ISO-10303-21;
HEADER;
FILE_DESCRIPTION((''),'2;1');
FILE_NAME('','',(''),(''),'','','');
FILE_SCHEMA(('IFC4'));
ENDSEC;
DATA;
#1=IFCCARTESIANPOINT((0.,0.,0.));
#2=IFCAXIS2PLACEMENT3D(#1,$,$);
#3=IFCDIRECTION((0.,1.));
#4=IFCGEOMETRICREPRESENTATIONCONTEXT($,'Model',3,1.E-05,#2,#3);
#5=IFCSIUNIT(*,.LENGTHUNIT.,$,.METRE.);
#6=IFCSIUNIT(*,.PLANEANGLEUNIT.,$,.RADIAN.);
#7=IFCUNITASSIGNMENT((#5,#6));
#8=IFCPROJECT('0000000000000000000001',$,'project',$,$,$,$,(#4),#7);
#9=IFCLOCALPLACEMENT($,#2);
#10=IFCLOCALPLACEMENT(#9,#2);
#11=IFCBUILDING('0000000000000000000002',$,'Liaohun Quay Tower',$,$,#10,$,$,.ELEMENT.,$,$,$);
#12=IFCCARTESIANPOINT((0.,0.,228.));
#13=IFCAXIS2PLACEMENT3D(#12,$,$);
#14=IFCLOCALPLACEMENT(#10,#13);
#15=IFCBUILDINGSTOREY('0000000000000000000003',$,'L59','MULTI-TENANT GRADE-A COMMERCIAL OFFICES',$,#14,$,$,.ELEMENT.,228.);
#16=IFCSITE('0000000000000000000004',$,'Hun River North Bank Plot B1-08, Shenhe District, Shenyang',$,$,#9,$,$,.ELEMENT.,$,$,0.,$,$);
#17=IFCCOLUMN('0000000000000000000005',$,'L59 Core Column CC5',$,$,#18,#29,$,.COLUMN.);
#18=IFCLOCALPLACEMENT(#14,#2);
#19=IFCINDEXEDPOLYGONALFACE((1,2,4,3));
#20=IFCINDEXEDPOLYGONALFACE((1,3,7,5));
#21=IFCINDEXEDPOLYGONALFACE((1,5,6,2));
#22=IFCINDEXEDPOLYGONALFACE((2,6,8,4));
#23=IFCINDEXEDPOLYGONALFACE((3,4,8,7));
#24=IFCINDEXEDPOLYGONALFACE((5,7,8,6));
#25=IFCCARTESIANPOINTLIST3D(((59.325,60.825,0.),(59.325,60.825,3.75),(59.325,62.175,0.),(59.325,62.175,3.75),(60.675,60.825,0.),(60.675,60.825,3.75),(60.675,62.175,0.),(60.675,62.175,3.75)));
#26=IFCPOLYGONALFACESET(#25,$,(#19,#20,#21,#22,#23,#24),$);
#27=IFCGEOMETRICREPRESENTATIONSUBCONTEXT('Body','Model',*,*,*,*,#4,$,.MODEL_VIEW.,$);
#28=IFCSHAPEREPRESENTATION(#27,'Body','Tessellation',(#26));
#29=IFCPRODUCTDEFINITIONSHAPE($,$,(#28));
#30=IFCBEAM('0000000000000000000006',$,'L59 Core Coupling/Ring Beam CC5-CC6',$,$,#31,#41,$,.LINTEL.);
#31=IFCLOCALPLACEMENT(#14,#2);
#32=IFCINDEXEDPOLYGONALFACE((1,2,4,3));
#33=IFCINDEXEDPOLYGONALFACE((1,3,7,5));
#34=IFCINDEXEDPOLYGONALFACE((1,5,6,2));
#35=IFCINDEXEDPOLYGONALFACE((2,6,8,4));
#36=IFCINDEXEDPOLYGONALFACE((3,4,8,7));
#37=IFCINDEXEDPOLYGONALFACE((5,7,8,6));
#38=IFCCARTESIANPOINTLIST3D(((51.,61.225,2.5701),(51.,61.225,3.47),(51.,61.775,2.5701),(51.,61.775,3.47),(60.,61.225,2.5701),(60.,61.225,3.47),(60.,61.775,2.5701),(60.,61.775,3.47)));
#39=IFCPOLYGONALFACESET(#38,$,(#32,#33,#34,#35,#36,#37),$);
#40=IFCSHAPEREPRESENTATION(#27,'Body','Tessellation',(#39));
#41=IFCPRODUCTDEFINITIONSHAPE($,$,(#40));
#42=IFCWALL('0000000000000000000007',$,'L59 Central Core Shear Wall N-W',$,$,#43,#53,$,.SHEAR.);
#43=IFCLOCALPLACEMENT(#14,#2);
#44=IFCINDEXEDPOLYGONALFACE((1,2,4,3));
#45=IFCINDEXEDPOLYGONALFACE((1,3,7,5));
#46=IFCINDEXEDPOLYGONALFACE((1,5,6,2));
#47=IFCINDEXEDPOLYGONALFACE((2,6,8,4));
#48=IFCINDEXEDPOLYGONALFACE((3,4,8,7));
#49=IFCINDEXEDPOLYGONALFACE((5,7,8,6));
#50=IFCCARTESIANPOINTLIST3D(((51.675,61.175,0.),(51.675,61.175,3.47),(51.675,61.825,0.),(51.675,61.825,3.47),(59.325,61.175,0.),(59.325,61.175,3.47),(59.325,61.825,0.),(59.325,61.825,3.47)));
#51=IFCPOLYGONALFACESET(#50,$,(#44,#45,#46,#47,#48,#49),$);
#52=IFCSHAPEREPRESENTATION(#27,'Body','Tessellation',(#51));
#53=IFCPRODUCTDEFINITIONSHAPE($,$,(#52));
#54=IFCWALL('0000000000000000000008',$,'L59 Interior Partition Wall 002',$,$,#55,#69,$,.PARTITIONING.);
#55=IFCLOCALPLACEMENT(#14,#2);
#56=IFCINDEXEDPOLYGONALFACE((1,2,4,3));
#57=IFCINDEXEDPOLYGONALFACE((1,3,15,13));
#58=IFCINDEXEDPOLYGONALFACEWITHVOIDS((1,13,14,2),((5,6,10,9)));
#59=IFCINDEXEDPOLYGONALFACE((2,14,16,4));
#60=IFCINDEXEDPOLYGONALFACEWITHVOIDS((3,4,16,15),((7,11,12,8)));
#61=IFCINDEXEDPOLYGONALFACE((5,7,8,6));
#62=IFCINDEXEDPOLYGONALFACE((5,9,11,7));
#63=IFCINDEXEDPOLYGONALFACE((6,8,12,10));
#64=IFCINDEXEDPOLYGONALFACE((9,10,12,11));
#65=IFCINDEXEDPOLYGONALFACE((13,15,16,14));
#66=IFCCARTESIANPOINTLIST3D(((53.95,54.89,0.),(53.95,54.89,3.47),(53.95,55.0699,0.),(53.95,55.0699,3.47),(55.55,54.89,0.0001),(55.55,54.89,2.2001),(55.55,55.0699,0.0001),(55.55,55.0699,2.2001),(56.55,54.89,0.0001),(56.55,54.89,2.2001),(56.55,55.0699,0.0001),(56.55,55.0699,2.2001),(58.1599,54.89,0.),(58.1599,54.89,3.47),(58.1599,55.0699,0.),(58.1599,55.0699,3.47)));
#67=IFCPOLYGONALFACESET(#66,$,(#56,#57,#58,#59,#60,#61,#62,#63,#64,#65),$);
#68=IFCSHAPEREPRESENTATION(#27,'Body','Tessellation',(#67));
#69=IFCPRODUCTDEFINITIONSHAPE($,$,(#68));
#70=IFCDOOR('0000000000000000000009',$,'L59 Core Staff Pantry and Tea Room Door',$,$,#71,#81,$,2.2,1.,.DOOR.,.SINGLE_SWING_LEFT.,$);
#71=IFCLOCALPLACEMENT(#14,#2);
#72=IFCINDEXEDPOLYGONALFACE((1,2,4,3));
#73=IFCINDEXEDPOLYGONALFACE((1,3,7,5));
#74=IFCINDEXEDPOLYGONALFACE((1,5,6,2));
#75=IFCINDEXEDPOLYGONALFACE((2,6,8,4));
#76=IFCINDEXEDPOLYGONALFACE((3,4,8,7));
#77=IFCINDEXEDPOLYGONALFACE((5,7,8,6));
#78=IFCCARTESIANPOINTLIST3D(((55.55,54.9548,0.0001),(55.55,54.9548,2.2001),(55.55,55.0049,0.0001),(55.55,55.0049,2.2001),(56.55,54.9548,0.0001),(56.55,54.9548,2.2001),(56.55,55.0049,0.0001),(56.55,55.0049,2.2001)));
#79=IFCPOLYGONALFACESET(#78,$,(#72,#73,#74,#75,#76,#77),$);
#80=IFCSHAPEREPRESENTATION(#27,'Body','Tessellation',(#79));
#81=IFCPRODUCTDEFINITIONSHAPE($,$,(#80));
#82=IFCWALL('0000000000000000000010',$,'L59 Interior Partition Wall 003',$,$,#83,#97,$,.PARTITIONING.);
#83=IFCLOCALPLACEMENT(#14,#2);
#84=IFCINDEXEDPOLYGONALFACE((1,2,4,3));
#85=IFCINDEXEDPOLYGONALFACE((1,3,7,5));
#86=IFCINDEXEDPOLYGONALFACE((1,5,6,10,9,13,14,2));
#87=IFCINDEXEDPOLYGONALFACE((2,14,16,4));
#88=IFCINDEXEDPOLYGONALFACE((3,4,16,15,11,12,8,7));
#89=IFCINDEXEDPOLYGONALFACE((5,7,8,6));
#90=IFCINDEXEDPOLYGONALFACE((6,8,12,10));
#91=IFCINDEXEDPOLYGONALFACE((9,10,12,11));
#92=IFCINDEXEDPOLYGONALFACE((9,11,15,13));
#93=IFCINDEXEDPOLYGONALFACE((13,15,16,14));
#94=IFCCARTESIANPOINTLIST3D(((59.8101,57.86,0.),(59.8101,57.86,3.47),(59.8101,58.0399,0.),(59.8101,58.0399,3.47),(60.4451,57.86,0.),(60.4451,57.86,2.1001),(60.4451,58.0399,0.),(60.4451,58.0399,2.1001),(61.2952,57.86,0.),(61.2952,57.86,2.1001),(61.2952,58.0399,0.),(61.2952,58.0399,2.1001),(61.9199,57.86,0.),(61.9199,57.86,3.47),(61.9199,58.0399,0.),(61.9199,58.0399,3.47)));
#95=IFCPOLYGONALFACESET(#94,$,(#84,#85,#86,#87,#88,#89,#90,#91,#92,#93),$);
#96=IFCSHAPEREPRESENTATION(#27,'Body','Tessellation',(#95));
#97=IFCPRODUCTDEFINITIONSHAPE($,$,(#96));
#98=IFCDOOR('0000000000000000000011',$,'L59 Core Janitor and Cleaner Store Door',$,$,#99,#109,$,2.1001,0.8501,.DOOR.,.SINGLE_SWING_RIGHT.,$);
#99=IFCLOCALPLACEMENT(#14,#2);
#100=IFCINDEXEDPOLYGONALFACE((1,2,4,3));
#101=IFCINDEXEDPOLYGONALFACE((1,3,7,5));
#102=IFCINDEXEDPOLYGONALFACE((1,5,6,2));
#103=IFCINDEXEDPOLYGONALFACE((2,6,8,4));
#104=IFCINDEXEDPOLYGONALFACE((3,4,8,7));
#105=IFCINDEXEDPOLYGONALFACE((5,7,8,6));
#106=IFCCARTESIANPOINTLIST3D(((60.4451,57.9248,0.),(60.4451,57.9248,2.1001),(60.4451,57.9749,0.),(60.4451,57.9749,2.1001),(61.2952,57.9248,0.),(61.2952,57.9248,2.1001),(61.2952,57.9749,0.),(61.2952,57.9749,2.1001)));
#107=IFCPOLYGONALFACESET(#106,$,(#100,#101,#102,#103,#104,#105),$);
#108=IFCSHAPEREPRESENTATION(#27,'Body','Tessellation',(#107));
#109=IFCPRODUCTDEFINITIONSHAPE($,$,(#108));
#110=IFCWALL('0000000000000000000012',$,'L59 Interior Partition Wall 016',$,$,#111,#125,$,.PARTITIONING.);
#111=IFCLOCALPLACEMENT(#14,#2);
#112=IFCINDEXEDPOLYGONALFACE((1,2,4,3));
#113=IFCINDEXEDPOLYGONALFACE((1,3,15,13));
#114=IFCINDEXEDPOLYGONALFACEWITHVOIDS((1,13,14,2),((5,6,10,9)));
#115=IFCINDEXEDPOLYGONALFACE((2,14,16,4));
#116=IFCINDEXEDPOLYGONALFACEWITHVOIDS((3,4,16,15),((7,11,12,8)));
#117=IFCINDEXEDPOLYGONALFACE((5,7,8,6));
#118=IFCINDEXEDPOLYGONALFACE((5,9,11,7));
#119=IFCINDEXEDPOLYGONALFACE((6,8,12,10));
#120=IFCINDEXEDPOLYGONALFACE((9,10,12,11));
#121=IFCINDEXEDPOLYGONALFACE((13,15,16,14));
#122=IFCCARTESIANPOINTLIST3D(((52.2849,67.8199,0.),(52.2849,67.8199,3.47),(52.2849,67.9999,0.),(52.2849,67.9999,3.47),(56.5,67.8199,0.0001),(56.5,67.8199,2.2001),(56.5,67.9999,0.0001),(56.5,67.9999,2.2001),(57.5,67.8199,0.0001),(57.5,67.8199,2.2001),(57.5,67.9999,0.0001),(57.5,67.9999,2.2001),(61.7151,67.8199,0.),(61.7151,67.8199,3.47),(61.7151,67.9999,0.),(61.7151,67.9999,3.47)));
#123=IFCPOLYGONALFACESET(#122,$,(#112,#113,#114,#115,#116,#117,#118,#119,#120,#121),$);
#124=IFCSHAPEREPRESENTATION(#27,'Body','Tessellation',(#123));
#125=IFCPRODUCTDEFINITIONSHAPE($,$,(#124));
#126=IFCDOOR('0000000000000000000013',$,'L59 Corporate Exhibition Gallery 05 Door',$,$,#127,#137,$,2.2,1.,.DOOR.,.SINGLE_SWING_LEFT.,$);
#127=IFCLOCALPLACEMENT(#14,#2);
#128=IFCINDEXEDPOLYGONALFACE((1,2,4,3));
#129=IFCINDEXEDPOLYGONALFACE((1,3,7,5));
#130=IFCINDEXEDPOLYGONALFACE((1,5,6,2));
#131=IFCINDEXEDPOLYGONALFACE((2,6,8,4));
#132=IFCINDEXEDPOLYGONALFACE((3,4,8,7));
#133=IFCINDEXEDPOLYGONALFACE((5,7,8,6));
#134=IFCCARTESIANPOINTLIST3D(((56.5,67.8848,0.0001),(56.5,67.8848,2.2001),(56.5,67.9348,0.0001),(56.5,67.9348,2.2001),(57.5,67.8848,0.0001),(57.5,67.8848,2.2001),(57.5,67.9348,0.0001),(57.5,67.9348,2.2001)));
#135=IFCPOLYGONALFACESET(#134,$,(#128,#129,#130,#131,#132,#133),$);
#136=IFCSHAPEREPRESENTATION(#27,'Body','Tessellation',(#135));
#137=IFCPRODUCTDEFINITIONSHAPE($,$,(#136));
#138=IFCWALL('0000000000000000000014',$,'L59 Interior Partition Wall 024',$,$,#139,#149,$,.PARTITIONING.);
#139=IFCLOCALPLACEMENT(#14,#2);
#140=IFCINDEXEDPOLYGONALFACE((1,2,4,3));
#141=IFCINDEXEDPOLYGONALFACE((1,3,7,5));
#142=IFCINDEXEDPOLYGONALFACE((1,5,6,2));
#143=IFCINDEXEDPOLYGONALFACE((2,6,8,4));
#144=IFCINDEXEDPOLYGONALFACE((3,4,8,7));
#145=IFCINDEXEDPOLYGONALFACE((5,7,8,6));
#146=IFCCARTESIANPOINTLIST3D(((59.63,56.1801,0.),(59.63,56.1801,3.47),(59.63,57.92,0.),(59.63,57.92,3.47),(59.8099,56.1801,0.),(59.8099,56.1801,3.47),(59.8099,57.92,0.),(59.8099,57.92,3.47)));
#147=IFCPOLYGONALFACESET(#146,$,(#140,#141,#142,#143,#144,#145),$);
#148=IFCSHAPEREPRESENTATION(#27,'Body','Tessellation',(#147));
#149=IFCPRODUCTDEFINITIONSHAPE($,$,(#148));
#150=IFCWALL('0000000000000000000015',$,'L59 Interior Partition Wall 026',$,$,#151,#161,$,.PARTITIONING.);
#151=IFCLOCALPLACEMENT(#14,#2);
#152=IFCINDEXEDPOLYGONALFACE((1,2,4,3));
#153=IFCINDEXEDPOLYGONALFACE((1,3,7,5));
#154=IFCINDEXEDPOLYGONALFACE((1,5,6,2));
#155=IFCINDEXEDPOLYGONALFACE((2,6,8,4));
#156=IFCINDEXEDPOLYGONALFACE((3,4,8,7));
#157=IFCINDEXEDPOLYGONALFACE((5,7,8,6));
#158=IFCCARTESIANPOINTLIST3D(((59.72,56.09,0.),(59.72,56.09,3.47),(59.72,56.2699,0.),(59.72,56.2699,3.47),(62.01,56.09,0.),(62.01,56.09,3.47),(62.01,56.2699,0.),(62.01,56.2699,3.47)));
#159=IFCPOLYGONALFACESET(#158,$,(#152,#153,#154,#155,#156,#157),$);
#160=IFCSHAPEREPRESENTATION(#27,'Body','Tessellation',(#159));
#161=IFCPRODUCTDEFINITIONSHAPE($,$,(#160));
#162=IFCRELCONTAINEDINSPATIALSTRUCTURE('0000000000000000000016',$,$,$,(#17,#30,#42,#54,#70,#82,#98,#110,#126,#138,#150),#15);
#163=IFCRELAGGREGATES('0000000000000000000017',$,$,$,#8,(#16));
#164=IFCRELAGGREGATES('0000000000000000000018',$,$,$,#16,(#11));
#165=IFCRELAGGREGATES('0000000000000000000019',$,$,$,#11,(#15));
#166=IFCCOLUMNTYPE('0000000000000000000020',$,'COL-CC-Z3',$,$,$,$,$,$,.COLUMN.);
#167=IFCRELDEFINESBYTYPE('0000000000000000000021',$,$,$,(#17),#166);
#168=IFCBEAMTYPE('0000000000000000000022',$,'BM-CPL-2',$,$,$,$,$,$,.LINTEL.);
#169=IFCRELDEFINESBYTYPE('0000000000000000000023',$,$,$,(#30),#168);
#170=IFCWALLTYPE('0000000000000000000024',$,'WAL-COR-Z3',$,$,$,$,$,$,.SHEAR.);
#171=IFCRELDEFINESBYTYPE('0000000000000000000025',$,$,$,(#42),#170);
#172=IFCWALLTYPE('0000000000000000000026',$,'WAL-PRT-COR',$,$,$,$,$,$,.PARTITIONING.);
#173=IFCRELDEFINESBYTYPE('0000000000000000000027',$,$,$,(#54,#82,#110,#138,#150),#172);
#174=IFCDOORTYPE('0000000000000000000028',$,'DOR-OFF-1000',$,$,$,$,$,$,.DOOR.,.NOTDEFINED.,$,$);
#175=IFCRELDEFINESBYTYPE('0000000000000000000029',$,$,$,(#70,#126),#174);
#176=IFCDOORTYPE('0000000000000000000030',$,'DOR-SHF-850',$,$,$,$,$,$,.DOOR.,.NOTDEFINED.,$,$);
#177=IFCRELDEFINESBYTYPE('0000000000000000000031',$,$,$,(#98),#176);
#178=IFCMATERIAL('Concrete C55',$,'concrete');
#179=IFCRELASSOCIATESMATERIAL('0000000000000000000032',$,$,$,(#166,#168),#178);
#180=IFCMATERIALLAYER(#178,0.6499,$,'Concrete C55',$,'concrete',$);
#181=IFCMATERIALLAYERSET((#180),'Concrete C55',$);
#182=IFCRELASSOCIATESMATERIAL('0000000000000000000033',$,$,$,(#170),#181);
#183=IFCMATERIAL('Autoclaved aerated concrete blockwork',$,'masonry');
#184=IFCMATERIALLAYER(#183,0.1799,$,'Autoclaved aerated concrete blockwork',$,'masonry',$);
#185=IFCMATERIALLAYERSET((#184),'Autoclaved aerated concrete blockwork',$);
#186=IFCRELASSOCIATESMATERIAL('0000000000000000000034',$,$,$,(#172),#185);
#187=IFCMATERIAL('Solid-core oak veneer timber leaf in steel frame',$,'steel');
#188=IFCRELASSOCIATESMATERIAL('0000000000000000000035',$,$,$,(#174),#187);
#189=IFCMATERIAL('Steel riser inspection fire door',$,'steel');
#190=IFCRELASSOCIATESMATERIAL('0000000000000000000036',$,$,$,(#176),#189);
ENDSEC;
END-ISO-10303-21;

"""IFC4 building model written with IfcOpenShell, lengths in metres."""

from ifc_helpers import new_model, si_unit, direction, frame, frame_2d, origin, origin_2d, place, context, subcontext, project, spatial, rectangle, extrude, source, transform, mapped, material, layer, layer_set, material_profile, profile_set, type_object, element, fill, save


model = new_model("IFC4")

# Units and contexts
model_context = context("Model", 3, precision=1e-05, world=origin(), true_north=direction((0.0, 1.0)))
body_context = subcontext(model_context, "Body", "Model", "MODEL_VIEW")
ifc_project = project(units=[si_unit("LENGTHUNIT", "METRE"), si_unit("PLANEANGLEUNIT", "RADIAN")], contexts=[model_context])

# Site, building, storey
site_placement = place(None, origin())
site = spatial("IfcSite", under=ifc_project, at=site_placement, Name="Hun River North Bank Plot B1-08, Shenhe District, Shenyang", CompositionType="ELEMENT", RefElevation=0.0)
building_placement = place(site_placement, origin())
building = spatial("IfcBuilding", under=site, at=building_placement, Name="Liaohun Quay Tower", CompositionType="ELEMENT")
storey_placement = place(building_placement, frame((0.0, 0.0, 228.0)))
storey = spatial("IfcBuildingStorey", under=building, at=storey_placement, Name="L59", Description="MULTI-TENANT GRADE-A COMMERCIAL OFFICES", CompositionType="ELEMENT", Elevation=228.0)

# Column
ifc_material_1 = material(Name="Concrete C55", Category="concrete")
ifc_material_profile_1 = material_profile(ifc_material_1, rectangle(XDim=1.3501, YDim=1.3501, at=origin_2d()), Name="RC1350x1350")
ifc_profile_set_1 = profile_set([ifc_material_profile_1], Name="Concrete C55")
column_type = type_object("IfcColumnType", Name="COL-CC-Z3", PredefinedType="COLUMN", material=ifc_profile_set_1)
shared_shape_1 = source(origin(), body_context, "Body", "SweptSolid", [
    extrude(rectangle(XDim=1.3501, YDim=1.3501, at=origin_2d()), origin(), (0.0, 0.0, 1.0), 3.75),
])
column_placement = place(storey_placement, frame((60.0, 61.5, 0.0), z_axis=(0.0, 0.0, 1.0), x_axis=(1.0, 0.0, 0.0)))
element("IfcColumn", 1, at=column_placement, inside=storey, type_object=column_type, Name="L59 Core Column CC5", PredefinedType="COLUMN", context=body_context, shape_type="MappedRepresentation", body=[
    mapped(shared_shape_1, transform((0.0, 0.0, 0.0), x_axis=(1.0, 0.0, 0.0), y_axis=(0.0, 1.0, 0.0), z_axis=(0.0, 0.0, 1.0), scale=1.0)),
])

# Beam
ifc_material_profile_2 = material_profile(ifc_material_1, rectangle(XDim=0.55, YDim=0.8999, at=origin_2d()), Name="RC550x900")
ifc_profile_set_2 = profile_set([ifc_material_profile_2], Name="Concrete C55")
beam_type = type_object("IfcBeamType", Name="BM-CPL-2", PredefinedType="LINTEL", material=ifc_profile_set_2)
shared_shape_2 = source(origin(), body_context, "Body", "SweptSolid", [
    extrude(rectangle(XDim=0.55, YDim=0.8999, at=origin_2d()), origin(), (0.0, 0.0, 1.0), 9.0),
])
beam_placement = place(storey_placement, frame((60.0, 61.5, 3.02), z_axis=(-1.0, 0.0, 0.0), x_axis=(0.0, -1.0, 0.0)))
element("IfcBeam", 2, at=beam_placement, inside=storey, type_object=beam_type, Name="L59 Core Coupling/Ring Beam CC5-CC6", PredefinedType="LINTEL", context=body_context, shape_type="MappedRepresentation", body=[
    mapped(shared_shape_2, transform((0.0, 0.0, 0.0), x_axis=(1.0, 0.0, 0.0), y_axis=(0.0, 1.0, 0.0), z_axis=(0.0, 0.0, 1.0), scale=1.0)),
])

# Wall
ifc_layer_1 = layer(ifc_material_1, 0.6499, Name="Concrete C55", Category="concrete")
ifc_layer_set_1 = layer_set([ifc_layer_1], Name="Concrete C55")
wall_type_1 = type_object("IfcWallType", Name="WAL-COR-Z3", PredefinedType="SHEAR", material=ifc_layer_set_1)
wall_1_placement = place(storey_placement, frame((51.675, 61.5, 0.0), z_axis=(0.0, 0.0, 1.0), x_axis=(1.0, 0.0, 0.0)))
element("IfcWall", 3, at=wall_1_placement, inside=storey, type_object=wall_type_1, Name="L59 Central Core Shear Wall N-W", PredefinedType="SHEAR", context=body_context, shape_type="SweptSolid", body=[
    extrude(rectangle(XDim=7.6499, YDim=0.6499, at=frame_2d((3.825, 0.0))), origin(), (0.0, 0.0, 1.0), 3.47),
])

# Walls, openings, doors
ifc_material_2 = material(Name="Autoclaved aerated concrete blockwork", Category="masonry")
ifc_layer_2 = layer(ifc_material_2, 0.1799, Name="Autoclaved aerated concrete blockwork", Category="masonry")
ifc_layer_set_2 = layer_set([ifc_layer_2], Name="Autoclaved aerated concrete blockwork")
wall_type_2 = type_object("IfcWallType", Name="WAL-PRT-COR", PredefinedType="PARTITIONING", material=ifc_layer_set_2)
wall_2_placement = place(storey_placement, frame((53.95, 54.98, 0.0), z_axis=(0.0, 0.0, 1.0), x_axis=(1.0, 0.0, 0.0)))
wall_2 = element("IfcWall", 4, at=wall_2_placement, inside=storey, type_object=wall_type_2, Name="L59 Interior Partition Wall 002", PredefinedType="PARTITIONING", context=body_context, shape_type="SweptSolid", body=[
    extrude(rectangle(XDim=4.21, YDim=0.1799, at=frame_2d((2.105, 0.0))), origin(), (0.0, 0.0, 1.0), 3.47),
])
shared_shape_3 = source(origin(), body_context, "Body", "SweptSolid", [
    extrude(rectangle(XDim=1.0, YDim=2.2, at=frame_2d((0.5, 1.1001))), frame((0.0, 0.0999, 0.0), z_axis=(0.0, -1.0, 0.0), x_axis=(1.0, 0.0, 0.0)), (0.0, 0.0, 1.0), 0.2),
])
opening_1_placement = place(wall_2_placement, frame((1.6001, 0.0, 0.0)))
opening_1 = element("IfcOpeningElement", 5, at=opening_1_placement, cuts=wall_2, PredefinedType="OPENING", context=body_context, shape_type="MappedRepresentation", body=[
    mapped(shared_shape_3, transform((0.0, 0.0, 0.0), x_axis=(1.0, 0.0, 0.0), y_axis=(0.0, 1.0, 0.0), z_axis=(0.0, 0.0, 1.0), scale=1.0)),
])
ifc_material_3 = material(Name="Solid-core oak veneer timber leaf in steel frame", Category="steel")
door_type_1 = type_object("IfcDoorType", Name="DOR-OFF-1000", OperationType="NOTDEFINED", PredefinedType="DOOR", material=ifc_material_3)
shared_shape_4 = source(origin(), body_context, "Body", "SweptSolid", [
    extrude(rectangle(XDim=1.0, YDim=2.2, at=frame_2d((0.5, 1.1001))), frame((0.0, 0.0249, 0.0), z_axis=(0.0, -1.0, 0.0), x_axis=(1.0, 0.0, 0.0)), (0.0, 0.0, 1.0), 0.05),
])
door_1_placement = place(opening_1_placement, origin())
door_1 = element("IfcDoor", 6, at=door_1_placement, inside=storey, type_object=door_type_1, Name="L59 Core Staff Pantry and Tea Room Door", OperationType="SINGLE_SWING_LEFT", OverallHeight=2.2, OverallWidth=1.0, PredefinedType="DOOR", context=body_context, shape_type="MappedRepresentation", body=[
    mapped(shared_shape_4, transform((0.0, 0.0, 0.0), x_axis=(1.0, 0.0, 0.0), y_axis=(0.0, 1.0, 0.0), z_axis=(0.0, 0.0, 1.0), scale=1.0)),
])
fill(opening_1, door_1)
wall_3_placement = place(storey_placement, frame((59.8101, 57.95, 0.0), z_axis=(0.0, 0.0, 1.0), x_axis=(1.0, 0.0, 0.0)))
wall_3 = element("IfcWall", 7, at=wall_3_placement, inside=storey, type_object=wall_type_2, Name="L59 Interior Partition Wall 003", PredefinedType="PARTITIONING", context=body_context, shape_type="SweptSolid", body=[
    extrude(rectangle(XDim=2.1099, YDim=0.1799, at=frame_2d((1.0549, 0.0))), origin(), (0.0, 0.0, 1.0), 3.47),
])
shared_shape_5 = source(origin(), body_context, "Body", "SweptSolid", [
    extrude(rectangle(XDim=0.8501, YDim=2.1001, at=frame_2d((0.425, 1.05))), frame((0.0, 0.0999, 0.0), z_axis=(0.0, -1.0, 0.0), x_axis=(1.0, 0.0, 0.0)), (0.0, 0.0, 1.0), 0.2),
])
opening_2_placement = place(wall_3_placement, frame((0.635, 0.0, 0.0)))
opening_2 = element("IfcOpeningElement", 8, at=opening_2_placement, cuts=wall_3, PredefinedType="OPENING", context=body_context, shape_type="MappedRepresentation", body=[
    mapped(shared_shape_5, transform((0.0, 0.0, 0.0), x_axis=(1.0, 0.0, 0.0), y_axis=(0.0, 1.0, 0.0), z_axis=(0.0, 0.0, 1.0), scale=1.0)),
])
ifc_material_4 = material(Name="Steel riser inspection fire door", Category="steel")
door_type_2 = type_object("IfcDoorType", Name="DOR-SHF-850", OperationType="NOTDEFINED", PredefinedType="DOOR", material=ifc_material_4)
shared_shape_6 = source(origin(), body_context, "Body", "SweptSolid", [
    extrude(rectangle(XDim=0.8501, YDim=2.1001, at=frame_2d((0.425, 1.05))), frame((0.0, 0.0249, 0.0), z_axis=(0.0, -1.0, 0.0), x_axis=(1.0, 0.0, 0.0)), (0.0, 0.0, 1.0), 0.05),
])
door_2_placement = place(opening_2_placement, origin())
door_2 = element("IfcDoor", 9, at=door_2_placement, inside=storey, type_object=door_type_2, Name="L59 Core Janitor and Cleaner Store Door", OperationType="SINGLE_SWING_RIGHT", OverallHeight=2.1001, OverallWidth=0.8501, PredefinedType="DOOR", context=body_context, shape_type="MappedRepresentation", body=[
    mapped(shared_shape_6, transform((0.0, 0.0, 0.0), x_axis=(1.0, 0.0, 0.0), y_axis=(0.0, 1.0, 0.0), z_axis=(0.0, 0.0, 1.0), scale=1.0)),
])
fill(opening_2, door_2)
wall_4_placement = place(storey_placement, frame((52.2849, 67.9099, 0.0), z_axis=(0.0, 0.0, 1.0), x_axis=(1.0, 0.0, 0.0)))
wall_4 = element("IfcWall", 10, at=wall_4_placement, inside=storey, type_object=wall_type_2, Name="L59 Interior Partition Wall 016", PredefinedType="PARTITIONING", context=body_context, shape_type="SweptSolid", body=[
    extrude(rectangle(XDim=9.4302, YDim=0.1799, at=frame_2d((4.7151, 0.0))), origin(), (0.0, 0.0, 1.0), 3.47),
])
opening_3_placement = place(wall_4_placement, frame((4.2151, 0.0, 0.0)))
opening_3 = element("IfcOpeningElement", 11, at=opening_3_placement, cuts=wall_4, PredefinedType="OPENING", context=body_context, shape_type="MappedRepresentation", body=[
    mapped(shared_shape_3, transform((0.0, 0.0, 0.0), x_axis=(1.0, 0.0, 0.0), y_axis=(0.0, 1.0, 0.0), z_axis=(0.0, 0.0, 1.0), scale=1.0)),
])
door_3_placement = place(opening_3_placement, origin())
door_3 = element("IfcDoor", 12, at=door_3_placement, inside=storey, type_object=door_type_1, Name="L59 Corporate Exhibition Gallery 05 Door", OperationType="SINGLE_SWING_LEFT", OverallHeight=2.2, OverallWidth=1.0, PredefinedType="DOOR", context=body_context, shape_type="MappedRepresentation", body=[
    mapped(shared_shape_4, transform((0.0, 0.0, 0.0), x_axis=(1.0, 0.0, 0.0), y_axis=(0.0, 1.0, 0.0), z_axis=(0.0, 0.0, 1.0), scale=1.0)),
])
fill(opening_3, door_3)

# Walls
wall_5_placement = place(storey_placement, frame((59.72, 56.1799, 0.0), z_axis=(0.0, 0.0, 1.0), x_axis=(0.0, 1.0, 0.0)))
element("IfcWall", 13, at=wall_5_placement, inside=storey, type_object=wall_type_2, Name="L59 Interior Partition Wall 024", PredefinedType="PARTITIONING", context=body_context, shape_type="SweptSolid", body=[
    extrude(rectangle(XDim=1.74, YDim=0.1799, at=frame_2d((0.8701, 0.0))), origin(), (0.0, 0.0, 1.0), 3.47),
])
wall_6_placement = place(storey_placement, frame((59.72, 56.1799, 0.0), z_axis=(0.0, 0.0, 1.0), x_axis=(1.0, 0.0, 0.0)))
element("IfcWall", 14, at=wall_6_placement, inside=storey, type_object=wall_type_2, Name="L59 Interior Partition Wall 026", PredefinedType="PARTITIONING", context=body_context, shape_type="SweptSolid", body=[
    extrude(rectangle(XDim=2.29, YDim=0.1799, at=frame_2d((1.145, 0.0))), origin(), (0.0, 0.0, 1.0), 3.47),
])

save(model, "model.ifc")
